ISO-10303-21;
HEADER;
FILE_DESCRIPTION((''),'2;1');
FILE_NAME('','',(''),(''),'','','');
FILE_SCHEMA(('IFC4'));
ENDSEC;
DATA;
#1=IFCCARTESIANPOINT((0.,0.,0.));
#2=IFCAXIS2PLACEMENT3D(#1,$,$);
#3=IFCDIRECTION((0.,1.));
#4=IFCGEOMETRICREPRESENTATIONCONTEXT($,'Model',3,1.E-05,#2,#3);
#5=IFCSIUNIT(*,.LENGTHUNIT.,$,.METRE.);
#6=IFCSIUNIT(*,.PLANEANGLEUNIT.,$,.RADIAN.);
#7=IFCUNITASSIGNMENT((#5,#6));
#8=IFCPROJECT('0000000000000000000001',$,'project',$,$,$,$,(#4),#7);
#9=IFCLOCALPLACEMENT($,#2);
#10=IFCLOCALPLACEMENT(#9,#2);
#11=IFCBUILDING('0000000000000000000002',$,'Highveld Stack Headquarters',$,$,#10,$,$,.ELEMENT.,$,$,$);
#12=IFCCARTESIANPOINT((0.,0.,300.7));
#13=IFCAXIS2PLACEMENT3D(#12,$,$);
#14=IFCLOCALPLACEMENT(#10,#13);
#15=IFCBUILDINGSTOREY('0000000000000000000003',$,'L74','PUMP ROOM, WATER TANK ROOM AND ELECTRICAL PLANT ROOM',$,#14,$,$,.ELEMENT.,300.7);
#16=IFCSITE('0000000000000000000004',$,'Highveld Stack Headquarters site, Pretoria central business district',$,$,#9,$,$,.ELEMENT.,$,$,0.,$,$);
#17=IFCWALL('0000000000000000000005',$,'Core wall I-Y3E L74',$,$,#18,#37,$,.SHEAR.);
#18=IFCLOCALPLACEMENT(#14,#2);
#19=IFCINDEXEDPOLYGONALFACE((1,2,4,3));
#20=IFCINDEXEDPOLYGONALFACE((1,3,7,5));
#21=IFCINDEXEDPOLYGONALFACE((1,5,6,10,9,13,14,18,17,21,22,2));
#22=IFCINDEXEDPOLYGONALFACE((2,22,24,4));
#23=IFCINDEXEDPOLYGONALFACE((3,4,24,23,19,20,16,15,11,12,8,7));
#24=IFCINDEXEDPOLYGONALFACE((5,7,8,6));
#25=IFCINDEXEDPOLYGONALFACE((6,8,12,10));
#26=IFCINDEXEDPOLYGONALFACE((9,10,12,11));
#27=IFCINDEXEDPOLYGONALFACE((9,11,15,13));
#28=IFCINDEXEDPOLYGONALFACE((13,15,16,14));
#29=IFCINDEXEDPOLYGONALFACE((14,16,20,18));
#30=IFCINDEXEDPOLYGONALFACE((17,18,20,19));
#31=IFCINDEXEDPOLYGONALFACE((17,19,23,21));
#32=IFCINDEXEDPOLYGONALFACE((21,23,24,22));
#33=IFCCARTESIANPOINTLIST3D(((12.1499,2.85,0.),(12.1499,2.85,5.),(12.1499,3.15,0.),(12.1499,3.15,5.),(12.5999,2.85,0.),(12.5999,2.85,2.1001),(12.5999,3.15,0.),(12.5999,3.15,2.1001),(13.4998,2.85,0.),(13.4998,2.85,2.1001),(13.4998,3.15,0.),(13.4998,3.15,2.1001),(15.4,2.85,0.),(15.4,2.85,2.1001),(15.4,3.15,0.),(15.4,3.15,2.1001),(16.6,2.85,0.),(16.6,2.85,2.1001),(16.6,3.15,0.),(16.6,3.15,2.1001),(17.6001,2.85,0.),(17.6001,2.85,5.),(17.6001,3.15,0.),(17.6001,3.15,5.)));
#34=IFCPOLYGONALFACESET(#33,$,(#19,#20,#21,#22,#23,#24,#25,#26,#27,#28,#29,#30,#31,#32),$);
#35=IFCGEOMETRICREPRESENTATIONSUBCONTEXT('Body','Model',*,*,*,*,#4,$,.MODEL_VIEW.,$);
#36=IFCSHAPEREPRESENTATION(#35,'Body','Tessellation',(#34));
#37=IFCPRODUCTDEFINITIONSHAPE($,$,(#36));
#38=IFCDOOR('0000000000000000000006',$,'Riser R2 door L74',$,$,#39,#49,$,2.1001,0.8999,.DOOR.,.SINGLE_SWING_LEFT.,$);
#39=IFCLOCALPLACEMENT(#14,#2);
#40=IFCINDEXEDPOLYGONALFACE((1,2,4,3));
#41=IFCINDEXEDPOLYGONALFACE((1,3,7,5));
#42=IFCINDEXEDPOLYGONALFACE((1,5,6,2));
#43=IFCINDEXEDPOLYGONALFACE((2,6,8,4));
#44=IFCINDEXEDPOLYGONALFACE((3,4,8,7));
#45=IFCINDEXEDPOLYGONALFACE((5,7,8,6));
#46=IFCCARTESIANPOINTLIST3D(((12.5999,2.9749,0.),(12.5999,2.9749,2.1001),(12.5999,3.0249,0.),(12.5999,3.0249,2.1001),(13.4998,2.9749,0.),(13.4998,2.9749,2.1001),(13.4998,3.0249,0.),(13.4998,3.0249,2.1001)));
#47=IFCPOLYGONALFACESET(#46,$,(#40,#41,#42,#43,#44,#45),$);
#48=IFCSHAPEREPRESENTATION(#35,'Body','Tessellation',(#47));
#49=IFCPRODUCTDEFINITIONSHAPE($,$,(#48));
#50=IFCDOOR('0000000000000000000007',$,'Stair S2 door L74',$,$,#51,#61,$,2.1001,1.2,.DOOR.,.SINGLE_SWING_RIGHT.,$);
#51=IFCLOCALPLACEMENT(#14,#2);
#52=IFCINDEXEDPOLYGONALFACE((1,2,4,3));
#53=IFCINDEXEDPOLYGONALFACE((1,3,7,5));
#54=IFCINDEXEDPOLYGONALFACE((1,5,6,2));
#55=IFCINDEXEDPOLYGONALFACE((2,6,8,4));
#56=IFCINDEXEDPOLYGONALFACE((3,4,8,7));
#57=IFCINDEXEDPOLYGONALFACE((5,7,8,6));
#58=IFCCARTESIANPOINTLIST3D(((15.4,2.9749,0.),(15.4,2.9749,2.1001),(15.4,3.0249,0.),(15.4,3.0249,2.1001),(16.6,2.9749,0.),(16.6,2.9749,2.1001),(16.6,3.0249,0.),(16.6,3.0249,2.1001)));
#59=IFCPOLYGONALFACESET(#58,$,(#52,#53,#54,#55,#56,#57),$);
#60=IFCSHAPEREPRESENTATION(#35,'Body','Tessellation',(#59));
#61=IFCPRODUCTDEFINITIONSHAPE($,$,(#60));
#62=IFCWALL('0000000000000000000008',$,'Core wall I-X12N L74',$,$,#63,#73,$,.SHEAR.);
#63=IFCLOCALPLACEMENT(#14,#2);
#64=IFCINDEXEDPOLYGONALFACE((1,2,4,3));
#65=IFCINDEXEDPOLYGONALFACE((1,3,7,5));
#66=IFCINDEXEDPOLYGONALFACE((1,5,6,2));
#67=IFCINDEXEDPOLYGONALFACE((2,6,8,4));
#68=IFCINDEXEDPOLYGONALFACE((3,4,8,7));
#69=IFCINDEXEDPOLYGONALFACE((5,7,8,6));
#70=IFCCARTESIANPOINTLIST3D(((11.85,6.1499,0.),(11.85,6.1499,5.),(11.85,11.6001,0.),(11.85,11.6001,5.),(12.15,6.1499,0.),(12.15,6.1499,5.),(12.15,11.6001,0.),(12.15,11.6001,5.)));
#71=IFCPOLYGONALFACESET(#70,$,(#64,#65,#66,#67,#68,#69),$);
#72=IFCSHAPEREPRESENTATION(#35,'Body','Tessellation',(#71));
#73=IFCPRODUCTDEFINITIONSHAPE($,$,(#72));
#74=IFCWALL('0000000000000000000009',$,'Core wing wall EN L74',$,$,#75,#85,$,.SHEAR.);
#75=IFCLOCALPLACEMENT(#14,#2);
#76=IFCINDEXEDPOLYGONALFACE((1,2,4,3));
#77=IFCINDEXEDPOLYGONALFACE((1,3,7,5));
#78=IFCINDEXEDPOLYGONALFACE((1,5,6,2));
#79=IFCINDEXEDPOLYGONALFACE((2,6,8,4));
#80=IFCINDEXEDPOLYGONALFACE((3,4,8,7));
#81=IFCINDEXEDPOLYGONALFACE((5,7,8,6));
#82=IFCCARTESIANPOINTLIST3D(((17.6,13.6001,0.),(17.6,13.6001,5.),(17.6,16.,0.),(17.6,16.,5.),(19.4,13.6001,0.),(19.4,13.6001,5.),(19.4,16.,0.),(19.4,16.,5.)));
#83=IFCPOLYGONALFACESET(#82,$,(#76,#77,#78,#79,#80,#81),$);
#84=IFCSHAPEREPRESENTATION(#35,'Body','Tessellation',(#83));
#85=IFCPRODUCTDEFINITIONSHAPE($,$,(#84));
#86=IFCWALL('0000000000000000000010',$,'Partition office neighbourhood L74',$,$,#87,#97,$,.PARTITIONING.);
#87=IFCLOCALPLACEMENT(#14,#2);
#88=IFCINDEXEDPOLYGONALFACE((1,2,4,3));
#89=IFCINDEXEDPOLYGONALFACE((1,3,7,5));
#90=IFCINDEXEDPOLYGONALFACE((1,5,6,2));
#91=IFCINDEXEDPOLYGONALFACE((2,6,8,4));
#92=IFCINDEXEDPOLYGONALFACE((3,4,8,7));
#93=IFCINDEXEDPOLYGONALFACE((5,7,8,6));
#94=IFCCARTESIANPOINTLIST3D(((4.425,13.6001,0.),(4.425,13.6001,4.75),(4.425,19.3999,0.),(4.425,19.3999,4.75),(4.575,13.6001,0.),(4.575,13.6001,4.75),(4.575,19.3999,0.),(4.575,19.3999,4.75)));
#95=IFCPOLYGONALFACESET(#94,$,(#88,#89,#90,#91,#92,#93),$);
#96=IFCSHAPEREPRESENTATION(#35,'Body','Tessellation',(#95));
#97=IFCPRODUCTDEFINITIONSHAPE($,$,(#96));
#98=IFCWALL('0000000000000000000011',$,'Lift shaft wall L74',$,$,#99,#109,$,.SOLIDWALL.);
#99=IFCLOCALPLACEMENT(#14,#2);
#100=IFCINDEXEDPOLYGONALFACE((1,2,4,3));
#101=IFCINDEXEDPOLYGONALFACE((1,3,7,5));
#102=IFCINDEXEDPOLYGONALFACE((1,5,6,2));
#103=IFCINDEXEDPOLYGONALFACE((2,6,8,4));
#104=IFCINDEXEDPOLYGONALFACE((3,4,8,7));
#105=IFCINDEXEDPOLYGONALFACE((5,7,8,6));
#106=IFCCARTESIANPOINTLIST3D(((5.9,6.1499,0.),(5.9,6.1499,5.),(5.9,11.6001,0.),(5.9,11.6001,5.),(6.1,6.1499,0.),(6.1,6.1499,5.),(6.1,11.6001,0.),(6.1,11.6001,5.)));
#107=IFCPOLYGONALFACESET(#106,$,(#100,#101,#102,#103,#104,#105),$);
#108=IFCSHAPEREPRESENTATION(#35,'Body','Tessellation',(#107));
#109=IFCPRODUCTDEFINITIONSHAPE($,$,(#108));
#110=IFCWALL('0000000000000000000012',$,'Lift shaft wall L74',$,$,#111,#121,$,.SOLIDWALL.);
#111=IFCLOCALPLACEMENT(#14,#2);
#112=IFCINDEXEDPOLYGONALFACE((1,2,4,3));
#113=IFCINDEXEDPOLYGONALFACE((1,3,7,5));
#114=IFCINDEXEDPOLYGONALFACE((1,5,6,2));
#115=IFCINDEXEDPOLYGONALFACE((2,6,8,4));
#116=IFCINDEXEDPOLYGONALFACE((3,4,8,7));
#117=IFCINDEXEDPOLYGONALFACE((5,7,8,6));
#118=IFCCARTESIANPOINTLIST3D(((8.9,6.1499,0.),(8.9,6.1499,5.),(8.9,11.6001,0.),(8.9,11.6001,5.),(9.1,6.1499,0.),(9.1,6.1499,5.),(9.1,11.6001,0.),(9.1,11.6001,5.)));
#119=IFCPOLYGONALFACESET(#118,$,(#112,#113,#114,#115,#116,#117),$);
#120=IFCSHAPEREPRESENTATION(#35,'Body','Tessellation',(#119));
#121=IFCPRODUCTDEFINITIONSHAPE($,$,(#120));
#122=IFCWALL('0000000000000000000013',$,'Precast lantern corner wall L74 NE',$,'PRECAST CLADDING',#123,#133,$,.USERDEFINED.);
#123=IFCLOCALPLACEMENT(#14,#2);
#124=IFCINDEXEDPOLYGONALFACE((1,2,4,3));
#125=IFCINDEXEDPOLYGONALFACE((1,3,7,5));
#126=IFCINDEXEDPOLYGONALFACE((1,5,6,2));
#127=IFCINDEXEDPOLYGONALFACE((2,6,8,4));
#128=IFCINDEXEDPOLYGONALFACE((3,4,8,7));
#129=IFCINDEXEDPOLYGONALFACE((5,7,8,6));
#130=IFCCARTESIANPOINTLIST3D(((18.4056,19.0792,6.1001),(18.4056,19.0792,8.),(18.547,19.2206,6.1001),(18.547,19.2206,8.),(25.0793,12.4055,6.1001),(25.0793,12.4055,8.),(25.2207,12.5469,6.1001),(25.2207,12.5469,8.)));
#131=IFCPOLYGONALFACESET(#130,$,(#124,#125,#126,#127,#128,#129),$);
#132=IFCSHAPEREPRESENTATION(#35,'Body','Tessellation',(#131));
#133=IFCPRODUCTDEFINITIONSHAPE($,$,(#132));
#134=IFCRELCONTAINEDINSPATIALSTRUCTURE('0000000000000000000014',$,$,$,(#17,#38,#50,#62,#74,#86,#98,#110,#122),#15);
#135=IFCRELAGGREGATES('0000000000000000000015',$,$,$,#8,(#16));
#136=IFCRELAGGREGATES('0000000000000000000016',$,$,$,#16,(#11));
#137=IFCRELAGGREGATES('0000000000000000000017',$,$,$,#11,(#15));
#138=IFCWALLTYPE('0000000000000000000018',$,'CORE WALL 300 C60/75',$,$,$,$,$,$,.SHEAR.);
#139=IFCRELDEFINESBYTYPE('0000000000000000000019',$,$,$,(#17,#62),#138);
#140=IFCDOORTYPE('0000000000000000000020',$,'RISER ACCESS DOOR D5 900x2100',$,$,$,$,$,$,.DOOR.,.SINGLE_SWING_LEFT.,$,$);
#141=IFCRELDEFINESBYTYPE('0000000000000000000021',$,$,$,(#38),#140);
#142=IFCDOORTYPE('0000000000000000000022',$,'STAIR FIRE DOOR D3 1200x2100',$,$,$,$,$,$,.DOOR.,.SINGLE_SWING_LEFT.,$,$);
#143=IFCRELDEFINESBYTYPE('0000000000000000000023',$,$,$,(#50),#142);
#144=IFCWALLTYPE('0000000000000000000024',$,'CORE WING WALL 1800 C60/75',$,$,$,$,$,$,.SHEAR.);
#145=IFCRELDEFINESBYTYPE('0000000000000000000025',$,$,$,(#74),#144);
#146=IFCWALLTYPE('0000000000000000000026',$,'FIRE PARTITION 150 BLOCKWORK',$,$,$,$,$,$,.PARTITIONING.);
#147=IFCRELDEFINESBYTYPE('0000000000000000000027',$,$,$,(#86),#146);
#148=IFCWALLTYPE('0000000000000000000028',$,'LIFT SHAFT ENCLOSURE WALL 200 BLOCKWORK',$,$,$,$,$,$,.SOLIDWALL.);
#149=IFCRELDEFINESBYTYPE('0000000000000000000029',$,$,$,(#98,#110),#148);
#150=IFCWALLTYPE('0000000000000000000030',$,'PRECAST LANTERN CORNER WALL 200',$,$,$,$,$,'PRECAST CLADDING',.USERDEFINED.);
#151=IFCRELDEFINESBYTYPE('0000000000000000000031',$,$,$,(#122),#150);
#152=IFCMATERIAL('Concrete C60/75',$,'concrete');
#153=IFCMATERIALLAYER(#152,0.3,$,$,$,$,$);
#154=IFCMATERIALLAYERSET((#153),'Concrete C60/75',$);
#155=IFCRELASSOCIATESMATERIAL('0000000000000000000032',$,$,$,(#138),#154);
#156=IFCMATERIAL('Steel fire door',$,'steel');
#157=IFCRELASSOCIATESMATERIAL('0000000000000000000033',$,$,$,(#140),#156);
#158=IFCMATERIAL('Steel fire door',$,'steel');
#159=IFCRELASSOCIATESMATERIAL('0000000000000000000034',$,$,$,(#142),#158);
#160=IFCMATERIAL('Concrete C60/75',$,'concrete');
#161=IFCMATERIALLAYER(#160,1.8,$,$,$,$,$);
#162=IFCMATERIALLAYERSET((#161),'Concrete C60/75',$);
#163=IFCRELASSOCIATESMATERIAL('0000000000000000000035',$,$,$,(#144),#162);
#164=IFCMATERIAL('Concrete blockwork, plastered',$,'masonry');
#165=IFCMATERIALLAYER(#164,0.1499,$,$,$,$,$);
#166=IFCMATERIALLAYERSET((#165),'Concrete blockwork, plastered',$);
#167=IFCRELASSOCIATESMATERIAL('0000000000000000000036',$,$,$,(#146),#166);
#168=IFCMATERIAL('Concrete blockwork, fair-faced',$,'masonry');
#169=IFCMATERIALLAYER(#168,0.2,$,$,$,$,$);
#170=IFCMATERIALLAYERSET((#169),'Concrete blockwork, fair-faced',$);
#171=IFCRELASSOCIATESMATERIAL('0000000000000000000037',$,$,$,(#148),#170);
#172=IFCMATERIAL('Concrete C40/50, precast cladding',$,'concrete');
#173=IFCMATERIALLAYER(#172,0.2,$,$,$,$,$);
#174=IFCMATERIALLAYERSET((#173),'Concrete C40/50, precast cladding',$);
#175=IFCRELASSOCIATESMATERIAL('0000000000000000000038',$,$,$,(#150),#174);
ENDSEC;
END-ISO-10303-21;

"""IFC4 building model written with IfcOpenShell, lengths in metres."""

from ifc_helpers import new_model, si_unit, direction, frame, frame_2d, origin, place, context, subcontext, project, spatial, rectangle, extrude, material, layer, layer_set, type_object, element, fill, save


model = new_model("IFC4")

# Units and contexts
model_context = context("Model", 3, precision=1e-05, world=origin(), true_north=direction((0.0, 1.0)))
body_context = subcontext(model_context, "Body", "Model", "MODEL_VIEW")
ifc_project = project(units=[si_unit("LENGTHUNIT", "METRE"), si_unit("PLANEANGLEUNIT", "RADIAN")], contexts=[model_context])

# Site, building, storey
site_placement = place(None, origin())
site = spatial("IfcSite", under=ifc_project, at=site_placement, Name="Highveld Stack Headquarters site, Pretoria central business district", CompositionType="ELEMENT", RefElevation=0.0)
building_placement = place(site_placement, origin())
building = spatial("IfcBuilding", under=site, at=building_placement, Name="Highveld Stack Headquarters", CompositionType="ELEMENT")
storey_placement = place(building_placement, frame((0.0, 0.0, 300.7)))
storey = spatial("IfcBuildingStorey", under=building, at=storey_placement, Name="L74", Description="PUMP ROOM, WATER TANK ROOM AND ELECTRICAL PLANT ROOM", CompositionType="ELEMENT", Elevation=300.7)

# Wall, openings, doors
ifc_material_1 = material(Name="Concrete C60/75", Category="concrete")
ifc_layer_1 = layer(ifc_material_1, 0.3)
ifc_layer_set_1 = layer_set([ifc_layer_1], Name="Concrete C60/75")
wall_type_1 = type_object("IfcWallType", Name="CORE WALL 300 C60/75", PredefinedType="SHEAR", material=ifc_layer_set_1)
wall_1_placement = place(storey_placement, frame((12.1499, 3.0, 0.0), z_axis=(0.0, 0.0, 1.0), x_axis=(1.0, 0.0, 0.0)))
wall_1 = element("IfcWall", 1, at=wall_1_placement, inside=storey, type_object=wall_type_1, Name="Core wall I-Y3E L74", PredefinedType="SHEAR", context=body_context, shape_type="SweptSolid", body=[
    extrude(rectangle(XDim=5.4502, YDim=0.3, at=frame_2d((2.7251, 0.0))), origin(), (0.0, 0.0, 1.0), 5.0),
])
opening_1_placement = place(wall_1_placement, frame((3.25, 0.0, 0.0)))
opening_1 = element("IfcOpeningElement", 2, at=opening_1_placement, cuts=wall_1, PredefinedType="OPENING", context=body_context, shape_type="SweptSolid", body=[
    extrude(rectangle(XDim=1.2, YDim=2.1001, at=frame_2d((0.6001, 1.05))), frame((0.0, 0.1599, 0.0), z_axis=(0.0, -1.0, 0.0), x_axis=(1.0, 0.0, 0.0)), (0.0, 0.0, 1.0), 0.3201),
])
opening_2_placement = place(wall_1_placement, frame((0.45, 0.0, 0.0)))
opening_2 = element("IfcOpeningElement", 3, at=opening_2_placement, cuts=wall_1, PredefinedType="OPENING", context=body_context, shape_type="SweptSolid", body=[
    extrude(rectangle(XDim=0.8999, YDim=2.1001, at=frame_2d((0.45, 1.05))), frame((0.0, 0.1599, 0.0), z_axis=(0.0, -1.0, 0.0), x_axis=(1.0, 0.0, 0.0)), (0.0, 0.0, 1.0), 0.3201),
])
ifc_material_2 = material(Name="Steel fire door", Category="steel")
door_type_1 = type_object("IfcDoorType", Name="RISER ACCESS DOOR D5 900x2100", OperationType="SINGLE_SWING_LEFT", PredefinedType="DOOR", material=ifc_material_2)
door_1_placement = place(opening_2_placement, origin())
door_1 = element("IfcDoor", 4, at=door_1_placement, inside=storey, type_object=door_type_1, Name="Riser R2 door L74", OperationType="SINGLE_SWING_LEFT", OverallHeight=2.1001, OverallWidth=0.8999, PredefinedType="DOOR", context=body_context, shape_type="SweptSolid", body=[
    extrude(rectangle(XDim=0.8999, YDim=2.1001, at=frame_2d((0.45, 1.05))), frame((0.0, 0.0249, 0.0), z_axis=(0.0, -1.0, 0.0), x_axis=(1.0, 0.0, 0.0)), (0.0, 0.0, 1.0), 0.05),
])
fill(opening_2, door_1)
ifc_material_3 = material(Name="Steel fire door", Category="steel")
door_type_2 = type_object("IfcDoorType", Name="STAIR FIRE DOOR D3 1200x2100", OperationType="SINGLE_SWING_LEFT", PredefinedType="DOOR", material=ifc_material_3)
door_2_placement = place(opening_1_placement, origin())
door_2 = element("IfcDoor", 5, at=door_2_placement, inside=storey, type_object=door_type_2, Name="Stair S2 door L74", OperationType="SINGLE_SWING_RIGHT", OverallHeight=2.1001, OverallWidth=1.2, PredefinedType="DOOR", context=body_context, shape_type="SweptSolid", body=[
    extrude(rectangle(XDim=1.2, YDim=2.1001, at=frame_2d((0.6001, 1.05))), frame((0.0, 0.0249, 0.0), z_axis=(0.0, -1.0, 0.0), x_axis=(1.0, 0.0, 0.0)), (0.0, 0.0, 1.0), 0.05),
])
fill(opening_1, door_2)

# Walls
wall_2_placement = place(storey_placement, frame((12.0, 6.1499, 0.0), z_axis=(0.0, 0.0, 1.0), x_axis=(0.0, 1.0, 0.0)))
element("IfcWall", 6, at=wall_2_placement, inside=storey, type_object=wall_type_1, Name="Core wall I-X12N L74", PredefinedType="SHEAR", context=body_context, shape_type="SweptSolid", body=[
    extrude(rectangle(XDim=5.4502, YDim=0.3, at=frame_2d((2.7251, 0.0))), origin(), (0.0, 0.0, 1.0), 5.0),
])
ifc_material_4 = material(Name="Concrete C60/75", Category="concrete")
ifc_layer_2 = layer(ifc_material_4, 1.8)
ifc_layer_set_2 = layer_set([ifc_layer_2], Name="Concrete C60/75")
wall_type_2 = type_object("IfcWallType", Name="CORE WING WALL 1800 C60/75", PredefinedType="SHEAR", material=ifc_layer_set_2)
wall_3_placement = place(storey_placement, frame((18.5, 13.6001, 0.0), z_axis=(0.0, 0.0, 1.0), x_axis=(0.0, 1.0, 0.0)))
element("IfcWall", 7, at=wall_3_placement, inside=storey, type_object=wall_type_2, Name="Core wing wall EN L74", PredefinedType="SHEAR", context=body_context, shape_type="SweptSolid", body=[
    extrude(rectangle(XDim=2.3999, YDim=1.8, at=frame_2d((1.2, 0.0))), origin(), (0.0, 0.0, 1.0), 5.0),
])
ifc_material_5 = material(Name="Concrete blockwork, plastered", Category="masonry")
ifc_layer_3 = layer(ifc_material_5, 0.1499)
ifc_layer_set_3 = layer_set([ifc_layer_3], Name="Concrete blockwork, plastered")
wall_type_3 = type_object("IfcWallType", Name="FIRE PARTITION 150 BLOCKWORK", PredefinedType="PARTITIONING", material=ifc_layer_set_3)
wall_4_placement = place(storey_placement, frame((4.5, 13.6001, 0.0), z_axis=(0.0, 0.0, 1.0), x_axis=(0.0, 1.0, 0.0)))
element("IfcWall", 8, at=wall_4_placement, inside=storey, type_object=wall_type_3, Name="Partition office neighbourhood L74", PredefinedType="PARTITIONING", context=body_context, shape_type="SweptSolid", body=[
    extrude(rectangle(XDim=5.7998, YDim=0.1499, at=frame_2d((2.8999, 0.0))), origin(), (0.0, 0.0, 1.0), 4.75),
])
ifc_material_6 = material(Name="Concrete blockwork, fair-faced", Category="masonry")
ifc_layer_4 = layer(ifc_material_6, 0.2)
ifc_layer_set_4 = layer_set([ifc_layer_4], Name="Concrete blockwork, fair-faced")
wall_type_4 = type_object("IfcWallType", Name="LIFT SHAFT ENCLOSURE WALL 200 BLOCKWORK", PredefinedType="SOLIDWALL", material=ifc_layer_set_4)
for number, where, z_axis, x_axis, name in (
    (9, (6.0, 6.1499, 0.0), (0.0, 0.0, 1.0), (0.0, 1.0, 0.0), "Lift shaft wall L74"),
    (10, (9.0, 6.1499, 0.0), (0.0, 0.0, 1.0), (0.0, 1.0, 0.0), "Lift shaft wall L74"),
):
    element("IfcWall", number, at=place(storey_placement, frame(where, z_axis=z_axis, x_axis=x_axis)), inside=storey, type_object=wall_type_4, Name=name, PredefinedType="SOLIDWALL", context=body_context, shape_type="SweptSolid", body=[
        extrude(rectangle(XDim=5.4502, YDim=0.2, at=frame_2d((2.7251, 0.0))), origin(), (0.0, 0.0, 1.0), 5.0),
    ])
ifc_material_7 = material(Name="Concrete C40/50, precast cladding", Category="concrete")
ifc_layer_5 = layer(ifc_material_7, 0.2)
ifc_layer_set_5 = layer_set([ifc_layer_5], Name="Concrete C40/50, precast cladding")
wall_type_5 = type_object("IfcWallType", Name="PRECAST LANTERN CORNER WALL 200", ElementType="PRECAST CLADDING", PredefinedType="USERDEFINED", material=ifc_layer_set_5)
wall_5_placement = place(storey_placement, frame((18.4763, 19.1499, 6.1001), z_axis=(0.0, 0.0, 1.0), x_axis=(0.707107, -0.707107, 0.0)))
element("IfcWall", 11, at=wall_5_placement, inside=storey, type_object=wall_type_5, Name="Precast lantern corner wall L74 NE", ObjectType="PRECAST CLADDING", PredefinedType="USERDEFINED", context=body_context, shape_type="SweptSolid", body=[
    extrude(rectangle(XDim=9.438, YDim=0.2, at=frame_2d((4.719, 0.0))), origin(), (0.0, 0.0, 1.0), 1.8999),
])

save(model, "model.ifc")
